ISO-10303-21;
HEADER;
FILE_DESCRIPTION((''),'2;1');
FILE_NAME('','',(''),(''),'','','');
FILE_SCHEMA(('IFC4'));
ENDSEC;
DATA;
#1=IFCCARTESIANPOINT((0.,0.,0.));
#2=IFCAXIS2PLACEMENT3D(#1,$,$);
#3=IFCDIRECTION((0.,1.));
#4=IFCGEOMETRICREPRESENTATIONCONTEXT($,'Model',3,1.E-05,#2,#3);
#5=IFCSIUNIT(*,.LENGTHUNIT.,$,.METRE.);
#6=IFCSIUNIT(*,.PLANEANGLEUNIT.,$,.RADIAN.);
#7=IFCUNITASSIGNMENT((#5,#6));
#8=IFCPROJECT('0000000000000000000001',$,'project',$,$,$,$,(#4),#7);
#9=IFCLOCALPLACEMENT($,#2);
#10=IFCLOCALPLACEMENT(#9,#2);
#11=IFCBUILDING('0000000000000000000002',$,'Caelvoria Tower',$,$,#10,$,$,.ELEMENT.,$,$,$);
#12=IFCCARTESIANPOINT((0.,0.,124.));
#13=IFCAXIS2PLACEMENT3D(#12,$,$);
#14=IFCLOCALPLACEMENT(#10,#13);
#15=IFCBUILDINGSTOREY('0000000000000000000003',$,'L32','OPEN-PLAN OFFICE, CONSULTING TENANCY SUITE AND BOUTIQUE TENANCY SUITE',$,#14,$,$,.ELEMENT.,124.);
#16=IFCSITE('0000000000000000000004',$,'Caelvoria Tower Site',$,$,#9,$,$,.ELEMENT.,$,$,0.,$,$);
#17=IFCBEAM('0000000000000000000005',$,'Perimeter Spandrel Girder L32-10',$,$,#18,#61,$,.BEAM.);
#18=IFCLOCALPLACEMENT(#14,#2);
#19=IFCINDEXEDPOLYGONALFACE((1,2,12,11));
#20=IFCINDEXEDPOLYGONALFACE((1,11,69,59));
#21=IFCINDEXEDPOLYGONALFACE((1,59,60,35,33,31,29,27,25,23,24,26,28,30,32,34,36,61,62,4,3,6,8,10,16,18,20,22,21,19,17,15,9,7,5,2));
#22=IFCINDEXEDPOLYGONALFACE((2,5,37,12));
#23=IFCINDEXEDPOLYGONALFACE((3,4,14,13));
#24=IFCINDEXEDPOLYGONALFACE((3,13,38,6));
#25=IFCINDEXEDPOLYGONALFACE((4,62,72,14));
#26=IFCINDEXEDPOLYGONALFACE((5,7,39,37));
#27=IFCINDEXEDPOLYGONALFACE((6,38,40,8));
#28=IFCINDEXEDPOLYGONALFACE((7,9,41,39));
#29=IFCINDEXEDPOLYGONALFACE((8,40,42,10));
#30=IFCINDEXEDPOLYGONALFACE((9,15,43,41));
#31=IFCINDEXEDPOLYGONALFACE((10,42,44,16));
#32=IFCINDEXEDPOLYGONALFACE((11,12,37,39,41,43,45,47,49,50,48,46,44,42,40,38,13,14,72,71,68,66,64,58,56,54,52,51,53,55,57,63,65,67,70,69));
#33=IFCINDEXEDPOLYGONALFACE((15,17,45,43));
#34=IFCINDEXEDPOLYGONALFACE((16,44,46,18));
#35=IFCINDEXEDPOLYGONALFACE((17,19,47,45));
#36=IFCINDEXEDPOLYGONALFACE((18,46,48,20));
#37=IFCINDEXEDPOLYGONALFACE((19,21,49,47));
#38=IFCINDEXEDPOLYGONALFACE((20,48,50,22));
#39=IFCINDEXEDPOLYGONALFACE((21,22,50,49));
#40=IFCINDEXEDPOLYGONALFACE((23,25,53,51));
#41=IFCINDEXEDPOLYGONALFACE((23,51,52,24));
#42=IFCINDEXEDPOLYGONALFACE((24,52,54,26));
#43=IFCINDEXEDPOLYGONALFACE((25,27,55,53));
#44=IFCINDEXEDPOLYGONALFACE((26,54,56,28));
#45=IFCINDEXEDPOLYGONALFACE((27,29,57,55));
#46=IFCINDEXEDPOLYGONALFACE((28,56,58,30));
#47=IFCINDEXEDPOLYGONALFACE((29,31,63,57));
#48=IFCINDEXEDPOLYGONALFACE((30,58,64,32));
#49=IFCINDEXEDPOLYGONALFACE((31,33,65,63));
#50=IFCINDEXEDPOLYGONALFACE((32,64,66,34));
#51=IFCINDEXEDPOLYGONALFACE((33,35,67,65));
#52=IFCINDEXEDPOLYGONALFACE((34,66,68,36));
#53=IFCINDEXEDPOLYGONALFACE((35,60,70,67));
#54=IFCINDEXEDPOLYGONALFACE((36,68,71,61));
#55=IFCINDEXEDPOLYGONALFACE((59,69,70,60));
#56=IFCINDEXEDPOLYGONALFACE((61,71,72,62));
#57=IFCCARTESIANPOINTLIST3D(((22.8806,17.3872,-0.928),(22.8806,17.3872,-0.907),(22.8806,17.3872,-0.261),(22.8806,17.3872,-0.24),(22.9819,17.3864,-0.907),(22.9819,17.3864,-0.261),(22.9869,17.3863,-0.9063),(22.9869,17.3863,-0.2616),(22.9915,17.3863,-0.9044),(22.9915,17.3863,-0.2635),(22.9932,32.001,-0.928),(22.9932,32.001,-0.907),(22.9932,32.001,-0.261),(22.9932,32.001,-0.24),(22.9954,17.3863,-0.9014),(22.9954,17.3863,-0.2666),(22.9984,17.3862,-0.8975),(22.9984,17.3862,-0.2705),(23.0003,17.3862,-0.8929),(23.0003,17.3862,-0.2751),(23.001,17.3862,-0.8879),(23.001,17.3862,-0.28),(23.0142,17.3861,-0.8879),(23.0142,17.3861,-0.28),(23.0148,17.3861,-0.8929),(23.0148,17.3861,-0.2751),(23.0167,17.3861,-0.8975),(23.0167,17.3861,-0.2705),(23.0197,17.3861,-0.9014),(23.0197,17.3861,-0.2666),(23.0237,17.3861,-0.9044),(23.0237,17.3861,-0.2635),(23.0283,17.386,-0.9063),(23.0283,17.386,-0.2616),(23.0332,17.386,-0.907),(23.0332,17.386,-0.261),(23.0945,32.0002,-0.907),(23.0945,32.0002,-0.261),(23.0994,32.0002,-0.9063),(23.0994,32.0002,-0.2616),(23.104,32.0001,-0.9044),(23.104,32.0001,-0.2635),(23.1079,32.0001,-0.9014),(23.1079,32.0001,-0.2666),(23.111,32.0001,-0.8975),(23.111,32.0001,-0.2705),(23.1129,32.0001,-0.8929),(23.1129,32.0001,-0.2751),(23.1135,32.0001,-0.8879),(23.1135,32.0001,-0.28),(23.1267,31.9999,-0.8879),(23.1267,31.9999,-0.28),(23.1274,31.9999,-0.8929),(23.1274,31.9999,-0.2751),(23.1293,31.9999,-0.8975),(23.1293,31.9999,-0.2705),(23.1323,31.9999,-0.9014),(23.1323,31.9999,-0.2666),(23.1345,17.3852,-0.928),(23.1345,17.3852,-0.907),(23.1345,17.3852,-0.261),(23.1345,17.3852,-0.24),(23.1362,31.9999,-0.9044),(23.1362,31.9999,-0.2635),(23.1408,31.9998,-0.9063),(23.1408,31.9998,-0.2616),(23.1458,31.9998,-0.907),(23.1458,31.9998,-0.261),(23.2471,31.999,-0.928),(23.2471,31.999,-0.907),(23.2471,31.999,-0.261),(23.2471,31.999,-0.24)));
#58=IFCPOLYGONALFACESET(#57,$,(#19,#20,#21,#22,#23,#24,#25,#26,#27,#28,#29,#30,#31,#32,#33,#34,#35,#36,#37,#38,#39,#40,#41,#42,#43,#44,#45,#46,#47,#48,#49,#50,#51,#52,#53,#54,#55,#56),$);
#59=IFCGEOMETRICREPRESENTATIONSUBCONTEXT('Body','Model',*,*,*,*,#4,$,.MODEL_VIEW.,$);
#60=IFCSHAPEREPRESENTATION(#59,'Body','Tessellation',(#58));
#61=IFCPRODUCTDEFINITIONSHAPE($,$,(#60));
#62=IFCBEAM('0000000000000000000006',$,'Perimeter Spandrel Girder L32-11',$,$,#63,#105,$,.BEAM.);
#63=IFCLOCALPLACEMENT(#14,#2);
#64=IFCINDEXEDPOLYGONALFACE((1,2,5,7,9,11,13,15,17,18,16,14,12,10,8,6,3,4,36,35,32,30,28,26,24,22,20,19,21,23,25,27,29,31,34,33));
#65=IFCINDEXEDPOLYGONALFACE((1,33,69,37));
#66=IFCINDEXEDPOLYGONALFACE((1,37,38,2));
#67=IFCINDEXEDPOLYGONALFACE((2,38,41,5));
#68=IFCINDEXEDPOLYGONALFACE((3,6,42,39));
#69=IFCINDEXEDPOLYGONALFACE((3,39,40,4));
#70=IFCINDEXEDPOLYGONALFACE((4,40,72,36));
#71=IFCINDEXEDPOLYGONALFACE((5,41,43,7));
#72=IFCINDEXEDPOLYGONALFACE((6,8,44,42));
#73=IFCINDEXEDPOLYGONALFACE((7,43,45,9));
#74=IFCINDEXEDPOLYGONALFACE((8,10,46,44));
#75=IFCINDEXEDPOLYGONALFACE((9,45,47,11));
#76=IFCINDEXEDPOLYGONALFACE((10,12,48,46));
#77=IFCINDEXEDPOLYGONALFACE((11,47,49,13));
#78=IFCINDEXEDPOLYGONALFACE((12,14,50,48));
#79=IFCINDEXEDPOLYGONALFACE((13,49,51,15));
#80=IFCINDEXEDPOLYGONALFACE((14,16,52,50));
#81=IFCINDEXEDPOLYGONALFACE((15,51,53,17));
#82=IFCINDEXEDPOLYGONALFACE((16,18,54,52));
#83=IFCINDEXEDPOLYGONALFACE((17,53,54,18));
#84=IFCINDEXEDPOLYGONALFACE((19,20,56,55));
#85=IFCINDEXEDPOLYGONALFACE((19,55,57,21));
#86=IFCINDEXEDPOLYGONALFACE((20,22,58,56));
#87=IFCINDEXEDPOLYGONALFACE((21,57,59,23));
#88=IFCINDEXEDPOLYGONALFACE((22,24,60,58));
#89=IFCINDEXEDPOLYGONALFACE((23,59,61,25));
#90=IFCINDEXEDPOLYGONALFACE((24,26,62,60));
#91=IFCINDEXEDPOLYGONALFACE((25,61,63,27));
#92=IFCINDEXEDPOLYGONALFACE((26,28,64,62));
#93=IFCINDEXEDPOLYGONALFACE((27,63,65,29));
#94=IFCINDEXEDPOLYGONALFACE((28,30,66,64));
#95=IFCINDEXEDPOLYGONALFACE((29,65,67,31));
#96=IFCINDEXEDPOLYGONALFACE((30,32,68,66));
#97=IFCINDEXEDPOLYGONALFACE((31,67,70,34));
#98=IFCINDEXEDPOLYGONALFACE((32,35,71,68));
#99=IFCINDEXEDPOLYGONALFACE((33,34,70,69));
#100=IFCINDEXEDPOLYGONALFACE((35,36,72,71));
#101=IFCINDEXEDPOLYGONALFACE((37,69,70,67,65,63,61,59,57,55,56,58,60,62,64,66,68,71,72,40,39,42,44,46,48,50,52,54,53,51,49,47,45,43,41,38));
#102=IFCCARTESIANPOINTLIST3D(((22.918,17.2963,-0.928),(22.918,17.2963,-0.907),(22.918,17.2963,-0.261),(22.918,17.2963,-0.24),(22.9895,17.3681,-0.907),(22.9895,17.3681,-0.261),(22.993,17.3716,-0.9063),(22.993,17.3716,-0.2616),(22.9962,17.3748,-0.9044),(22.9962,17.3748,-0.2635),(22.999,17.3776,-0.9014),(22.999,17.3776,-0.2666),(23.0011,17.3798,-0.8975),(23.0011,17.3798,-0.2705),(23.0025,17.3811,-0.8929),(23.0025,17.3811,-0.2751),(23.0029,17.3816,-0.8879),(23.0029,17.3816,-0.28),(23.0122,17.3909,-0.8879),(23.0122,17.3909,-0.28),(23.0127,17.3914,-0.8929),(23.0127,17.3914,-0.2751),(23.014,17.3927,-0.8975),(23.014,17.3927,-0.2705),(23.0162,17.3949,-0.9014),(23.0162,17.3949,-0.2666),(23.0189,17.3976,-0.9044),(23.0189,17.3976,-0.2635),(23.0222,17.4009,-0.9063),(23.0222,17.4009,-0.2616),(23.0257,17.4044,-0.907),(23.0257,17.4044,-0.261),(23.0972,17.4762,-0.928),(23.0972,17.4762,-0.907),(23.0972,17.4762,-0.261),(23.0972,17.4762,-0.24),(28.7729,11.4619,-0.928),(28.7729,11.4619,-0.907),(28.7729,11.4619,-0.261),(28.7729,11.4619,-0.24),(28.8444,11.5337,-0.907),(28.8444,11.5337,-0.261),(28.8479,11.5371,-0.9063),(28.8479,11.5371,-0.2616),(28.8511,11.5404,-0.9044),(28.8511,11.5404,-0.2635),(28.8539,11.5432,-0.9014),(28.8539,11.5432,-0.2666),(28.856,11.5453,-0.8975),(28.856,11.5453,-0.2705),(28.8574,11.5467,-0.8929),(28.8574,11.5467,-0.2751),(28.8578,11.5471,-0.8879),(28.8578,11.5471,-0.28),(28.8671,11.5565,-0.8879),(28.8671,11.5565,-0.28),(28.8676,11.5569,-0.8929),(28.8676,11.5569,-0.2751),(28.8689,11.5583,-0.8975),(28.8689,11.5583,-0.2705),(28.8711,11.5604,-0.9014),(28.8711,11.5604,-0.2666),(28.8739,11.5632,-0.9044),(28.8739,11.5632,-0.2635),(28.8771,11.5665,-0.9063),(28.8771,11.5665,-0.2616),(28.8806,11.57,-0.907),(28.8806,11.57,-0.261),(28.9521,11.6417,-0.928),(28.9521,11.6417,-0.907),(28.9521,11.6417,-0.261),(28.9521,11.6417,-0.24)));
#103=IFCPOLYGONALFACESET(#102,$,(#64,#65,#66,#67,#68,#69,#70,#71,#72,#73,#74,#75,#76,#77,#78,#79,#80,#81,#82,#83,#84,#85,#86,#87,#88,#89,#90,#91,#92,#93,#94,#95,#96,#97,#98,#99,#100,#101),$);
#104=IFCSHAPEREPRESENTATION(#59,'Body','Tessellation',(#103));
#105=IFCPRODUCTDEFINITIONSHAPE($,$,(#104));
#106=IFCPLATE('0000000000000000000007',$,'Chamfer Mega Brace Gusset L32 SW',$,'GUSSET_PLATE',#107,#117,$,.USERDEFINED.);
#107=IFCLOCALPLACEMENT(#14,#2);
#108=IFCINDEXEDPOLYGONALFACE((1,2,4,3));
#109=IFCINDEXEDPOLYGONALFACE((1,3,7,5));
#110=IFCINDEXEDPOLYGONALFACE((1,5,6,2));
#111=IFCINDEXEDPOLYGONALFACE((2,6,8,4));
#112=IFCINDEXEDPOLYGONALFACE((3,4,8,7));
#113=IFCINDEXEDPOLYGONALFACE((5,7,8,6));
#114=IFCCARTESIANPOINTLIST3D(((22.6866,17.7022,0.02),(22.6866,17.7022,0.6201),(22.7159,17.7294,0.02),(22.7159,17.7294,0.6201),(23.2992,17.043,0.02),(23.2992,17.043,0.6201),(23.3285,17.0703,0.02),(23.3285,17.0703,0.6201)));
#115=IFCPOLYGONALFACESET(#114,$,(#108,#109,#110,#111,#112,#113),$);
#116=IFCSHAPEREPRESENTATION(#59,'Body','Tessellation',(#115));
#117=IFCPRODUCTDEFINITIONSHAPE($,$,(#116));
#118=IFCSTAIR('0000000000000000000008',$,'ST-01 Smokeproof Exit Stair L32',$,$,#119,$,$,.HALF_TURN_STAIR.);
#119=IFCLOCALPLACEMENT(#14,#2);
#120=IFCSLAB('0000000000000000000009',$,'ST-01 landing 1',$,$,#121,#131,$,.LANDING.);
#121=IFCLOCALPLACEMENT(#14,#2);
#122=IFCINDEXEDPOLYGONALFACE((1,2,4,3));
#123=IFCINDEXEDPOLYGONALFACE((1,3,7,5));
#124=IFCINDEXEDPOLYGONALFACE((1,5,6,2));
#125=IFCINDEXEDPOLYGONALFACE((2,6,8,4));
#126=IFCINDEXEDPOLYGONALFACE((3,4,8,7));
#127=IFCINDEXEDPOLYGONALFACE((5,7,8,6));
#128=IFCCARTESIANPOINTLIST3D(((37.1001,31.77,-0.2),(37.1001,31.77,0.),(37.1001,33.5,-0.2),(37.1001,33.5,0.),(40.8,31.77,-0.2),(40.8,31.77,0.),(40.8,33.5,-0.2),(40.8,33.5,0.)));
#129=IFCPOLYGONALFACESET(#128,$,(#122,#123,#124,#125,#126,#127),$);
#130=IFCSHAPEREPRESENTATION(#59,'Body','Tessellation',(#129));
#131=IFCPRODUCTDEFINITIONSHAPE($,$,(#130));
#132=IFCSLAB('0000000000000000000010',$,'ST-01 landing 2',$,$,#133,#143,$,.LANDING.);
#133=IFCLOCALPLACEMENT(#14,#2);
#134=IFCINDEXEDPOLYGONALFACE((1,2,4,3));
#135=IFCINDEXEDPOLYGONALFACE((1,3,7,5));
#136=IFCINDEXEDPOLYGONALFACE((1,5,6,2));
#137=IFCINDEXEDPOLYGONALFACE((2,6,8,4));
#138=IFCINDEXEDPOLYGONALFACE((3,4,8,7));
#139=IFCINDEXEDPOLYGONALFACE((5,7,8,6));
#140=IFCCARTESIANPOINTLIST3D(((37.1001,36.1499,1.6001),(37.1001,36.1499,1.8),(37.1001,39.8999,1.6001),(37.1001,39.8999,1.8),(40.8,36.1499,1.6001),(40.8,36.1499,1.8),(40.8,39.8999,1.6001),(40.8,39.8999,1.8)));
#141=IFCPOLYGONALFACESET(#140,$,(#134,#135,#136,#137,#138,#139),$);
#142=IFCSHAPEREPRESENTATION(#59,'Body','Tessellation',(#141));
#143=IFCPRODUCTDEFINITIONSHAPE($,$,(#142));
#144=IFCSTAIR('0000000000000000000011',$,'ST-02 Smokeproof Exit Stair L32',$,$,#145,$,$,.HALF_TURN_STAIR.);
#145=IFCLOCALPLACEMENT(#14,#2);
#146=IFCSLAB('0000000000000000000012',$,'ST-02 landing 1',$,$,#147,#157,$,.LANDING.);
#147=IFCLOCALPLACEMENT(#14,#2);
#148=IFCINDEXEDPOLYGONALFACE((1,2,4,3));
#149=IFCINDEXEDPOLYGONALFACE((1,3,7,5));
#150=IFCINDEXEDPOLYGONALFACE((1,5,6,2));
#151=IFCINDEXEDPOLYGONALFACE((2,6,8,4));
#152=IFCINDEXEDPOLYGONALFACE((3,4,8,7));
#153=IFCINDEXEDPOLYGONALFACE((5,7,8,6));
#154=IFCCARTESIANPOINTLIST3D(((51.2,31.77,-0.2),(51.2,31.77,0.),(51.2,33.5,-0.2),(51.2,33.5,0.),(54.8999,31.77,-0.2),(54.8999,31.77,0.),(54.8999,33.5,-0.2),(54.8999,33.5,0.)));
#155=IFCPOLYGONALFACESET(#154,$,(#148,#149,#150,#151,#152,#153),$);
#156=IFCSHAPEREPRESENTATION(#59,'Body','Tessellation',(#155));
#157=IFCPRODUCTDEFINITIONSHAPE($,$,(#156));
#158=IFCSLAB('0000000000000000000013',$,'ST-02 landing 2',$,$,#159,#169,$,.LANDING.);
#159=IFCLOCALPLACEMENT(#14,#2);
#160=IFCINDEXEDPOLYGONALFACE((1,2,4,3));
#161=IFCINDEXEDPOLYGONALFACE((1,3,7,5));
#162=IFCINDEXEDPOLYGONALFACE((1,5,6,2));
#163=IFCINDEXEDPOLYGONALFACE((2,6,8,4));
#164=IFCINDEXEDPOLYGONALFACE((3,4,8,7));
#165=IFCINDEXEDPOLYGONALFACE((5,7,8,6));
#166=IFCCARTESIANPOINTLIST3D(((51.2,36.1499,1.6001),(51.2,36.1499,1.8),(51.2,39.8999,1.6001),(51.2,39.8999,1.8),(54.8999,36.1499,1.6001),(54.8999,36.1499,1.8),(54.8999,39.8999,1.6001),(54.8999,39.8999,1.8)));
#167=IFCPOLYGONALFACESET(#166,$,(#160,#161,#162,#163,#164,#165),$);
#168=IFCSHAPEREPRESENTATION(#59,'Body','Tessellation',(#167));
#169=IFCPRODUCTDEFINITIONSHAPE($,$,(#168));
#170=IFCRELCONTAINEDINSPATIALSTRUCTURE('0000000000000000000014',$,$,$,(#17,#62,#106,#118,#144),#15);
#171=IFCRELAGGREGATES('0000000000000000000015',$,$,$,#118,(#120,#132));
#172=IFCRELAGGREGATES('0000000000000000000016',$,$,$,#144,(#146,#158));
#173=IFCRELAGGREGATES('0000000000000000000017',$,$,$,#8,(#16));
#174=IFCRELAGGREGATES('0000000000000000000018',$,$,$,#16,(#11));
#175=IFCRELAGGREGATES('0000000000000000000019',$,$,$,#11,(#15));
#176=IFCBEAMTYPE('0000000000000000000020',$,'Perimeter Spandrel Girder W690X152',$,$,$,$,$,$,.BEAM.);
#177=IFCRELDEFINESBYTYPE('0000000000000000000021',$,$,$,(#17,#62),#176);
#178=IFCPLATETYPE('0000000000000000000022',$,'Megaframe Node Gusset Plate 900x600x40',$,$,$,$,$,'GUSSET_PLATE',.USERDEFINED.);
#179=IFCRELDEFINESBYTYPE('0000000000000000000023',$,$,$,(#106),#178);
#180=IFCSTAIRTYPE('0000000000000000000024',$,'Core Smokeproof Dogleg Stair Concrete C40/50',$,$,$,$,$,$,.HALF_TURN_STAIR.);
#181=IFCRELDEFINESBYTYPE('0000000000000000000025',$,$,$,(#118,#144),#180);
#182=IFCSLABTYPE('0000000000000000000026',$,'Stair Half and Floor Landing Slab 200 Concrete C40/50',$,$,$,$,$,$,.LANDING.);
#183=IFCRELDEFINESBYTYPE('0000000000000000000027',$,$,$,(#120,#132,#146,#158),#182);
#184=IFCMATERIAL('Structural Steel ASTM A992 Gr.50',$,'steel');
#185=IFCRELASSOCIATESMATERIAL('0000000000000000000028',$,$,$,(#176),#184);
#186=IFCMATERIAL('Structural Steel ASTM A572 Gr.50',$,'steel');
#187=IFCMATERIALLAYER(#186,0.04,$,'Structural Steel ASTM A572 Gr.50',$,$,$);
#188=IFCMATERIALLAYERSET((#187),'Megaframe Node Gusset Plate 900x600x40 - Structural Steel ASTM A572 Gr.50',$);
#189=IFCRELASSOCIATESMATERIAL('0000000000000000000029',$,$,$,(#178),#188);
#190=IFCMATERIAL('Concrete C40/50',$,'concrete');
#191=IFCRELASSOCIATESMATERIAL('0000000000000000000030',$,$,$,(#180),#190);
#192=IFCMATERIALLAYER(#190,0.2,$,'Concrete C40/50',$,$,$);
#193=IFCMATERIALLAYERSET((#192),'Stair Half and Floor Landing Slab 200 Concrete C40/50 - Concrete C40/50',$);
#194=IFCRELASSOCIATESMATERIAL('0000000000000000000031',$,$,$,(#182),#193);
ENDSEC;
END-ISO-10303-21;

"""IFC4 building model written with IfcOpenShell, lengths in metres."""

from ifc_helpers import new_model, si_unit, direction, frame, origin, origin_2d, place, context, subcontext, project, spatial, polyline, rectangle, i_section, outline, extrude, material, layer, layer_set, material_profile, profile_set, type_object, element, aggregate, save


model = new_model("IFC4")

# Units and contexts
model_context = context("Model", 3, precision=1e-05, world=origin(), true_north=direction((0.0, 1.0)))
body_context = subcontext(model_context, "Body", "Model", "MODEL_VIEW")
ifc_project = project(units=[si_unit("LENGTHUNIT", "METRE"), si_unit("PLANEANGLEUNIT", "RADIAN")], contexts=[model_context])

# Site, building, storey
site_placement = place(None, origin())
site = spatial("IfcSite", under=ifc_project, at=site_placement, Name="Caelvoria Tower Site", CompositionType="ELEMENT", RefElevation=0.0)
building_placement = place(site_placement, origin())
building = spatial("IfcBuilding", under=site, at=building_placement, Name="Caelvoria Tower", CompositionType="ELEMENT")
storey_placement = place(building_placement, frame((0.0, 0.0, 124.0)))
storey = spatial("IfcBuildingStorey", under=building, at=storey_placement, Name="L32", Description="OPEN-PLAN OFFICE, CONSULTING TENANCY SUITE AND BOUTIQUE TENANCY SUITE", CompositionType="ELEMENT", Elevation=124.0)

# Shared definitions
ifc_material_1 = material(Name="Structural Steel ASTM A572 Gr.50", Category="steel")

# Beams
ifc_material_2 = material(Name="Structural Steel ASTM A992 Gr.50", Category="steel")
ifc_material_profile_1 = material_profile(ifc_material_2, i_section(OverallWidth=0.2539, OverallDepth=0.688, WebThickness=0.0132, FlangeThickness=0.021, FilletRadius=0.019, at=origin_2d()), Name="Structural Steel ASTM A992 Gr.50")
ifc_profile_set_1 = profile_set([ifc_material_profile_1], Name="W690X152 - Structural Steel ASTM A992 Gr.50")
beam_type = type_object("IfcBeamType", Name="Perimeter Spandrel Girder W690X152", PredefinedType="BEAM", material=ifc_profile_set_1)
beam_1_placement = place(storey_placement, frame((23.1201, 32.0, -0.584), z_axis=(-0.007701, -0.99997, 0.0), x_axis=(0.99997, -0.007701, 0.0)))
element("IfcBeam", 1, at=beam_1_placement, inside=storey, type_object=beam_type, Name="Perimeter Spandrel Girder L32-10", PredefinedType="BEAM", context=body_context, shape_type="SweptSolid", body=[
    extrude(i_section(OverallWidth=0.2539, OverallDepth=0.688, WebThickness=0.0132, FlangeThickness=0.021, FilletRadius=0.019, at=origin_2d()), origin(), (0.0, 0.0, 1.0), 14.6143),
])
beam_2_placement = place(storey_placement, frame((23.0076, 17.3862, -0.584), z_axis=(0.708346, -0.705865, 0.0), x_axis=(0.705865, 0.708346, 0.0)))
element("IfcBeam", 2, at=beam_2_placement, inside=storey, type_object=beam_type, Name="Perimeter Spandrel Girder L32-11", PredefinedType="BEAM", context=body_context, shape_type="SweptSolid", body=[
    extrude(i_section(OverallWidth=0.2539, OverallDepth=0.688, WebThickness=0.0132, FlangeThickness=0.021, FilletRadius=0.019, at=origin_2d()), origin(), (0.0, 0.0, 1.0), 8.2656),
])

# Plate
ifc_layer_1 = layer(ifc_material_1, 0.04, Name="Structural Steel ASTM A572 Gr.50")
ifc_layer_set_1 = layer_set([ifc_layer_1], Name="Megaframe Node Gusset Plate 900x600x40 - Structural Steel ASTM A572 Gr.50")
plate_type = type_object("IfcPlateType", Name="Megaframe Node Gusset Plate 900x600x40", ElementType="GUSSET_PLATE", PredefinedType="USERDEFINED", material=ifc_layer_set_1)
plate_placement = place(storey_placement, frame((23.0076, 17.3862, 0.02), z_axis=(0.0, 0.0, 1.0), x_axis=(0.680773, -0.732494, 0.0)))
element("IfcPlate", 3, at=plate_placement, inside=storey, type_object=plate_type, Name="Chamfer Mega Brace Gusset L32 SW", ObjectType="GUSSET_PLATE", PredefinedType="USERDEFINED", context=body_context, shape_type="SweptSolid", body=[
    extrude(rectangle(XDim=0.8999, YDim=0.04, at=origin_2d()), origin(), (0.0, 0.0, 1.0), 0.6001),
])

# Stairs, slabs
ifc_material_3 = material(Name="Concrete C40/50", Category="concrete")
stair_type = type_object("IfcStairType", Name="Core Smokeproof Dogleg Stair Concrete C40/50", PredefinedType="HALF_TURN_STAIR", material=ifc_material_3)
stair_1_placement = place(storey_placement, origin())
stair_1 = element("IfcStair", 4, at=stair_1_placement, inside=storey, type_object=stair_type, Name="ST-01 Smokeproof Exit Stair L32", PredefinedType="HALF_TURN_STAIR")
ifc_layer_2 = layer(ifc_material_3, 0.2, Name="Concrete C40/50")
ifc_layer_set_2 = layer_set([ifc_layer_2], Name="Stair Half and Floor Landing Slab 200 Concrete C40/50 - Concrete C40/50")
slab_type_1 = type_object("IfcSlabType", Name="Stair Half and Floor Landing Slab 200 Concrete C40/50", PredefinedType="LANDING", material=ifc_layer_set_2)
slab_1_placement = place(storey_placement, frame((0.0, 0.0, -0.2)))
slab_1 = element("IfcSlab", 5, at=slab_1_placement, type_object=slab_type_1, Name="ST-01 landing 1", PredefinedType="LANDING", context=body_context, shape_type="SweptSolid", body=[
    extrude(outline(polyline([(37.1001, 31.77), (40.8, 31.77), (40.8, 33.5), (37.1001, 33.5), (37.1001, 31.77)])), origin(), (0.0, 0.0, 1.0), 0.2),
])
slab_2_placement = place(storey_placement, frame((0.0, 0.0, 1.6001)))
slab_2 = element("IfcSlab", 6, at=slab_2_placement, type_object=slab_type_1, Name="ST-01 landing 2", PredefinedType="LANDING", context=body_context, shape_type="SweptSolid", body=[
    extrude(outline(polyline([(37.1001, 36.1499), (40.8, 36.1499), (40.8, 39.8999), (37.1001, 39.8999), (37.1001, 36.1499)])), origin(), (0.0, 0.0, 1.0), 0.2),
])
aggregate(stair_1, [slab_1, slab_2])
stair_2_placement = place(storey_placement, origin())
stair_2 = element("IfcStair", 7, at=stair_2_placement, inside=storey, type_object=stair_type, Name="ST-02 Smokeproof Exit Stair L32", PredefinedType="HALF_TURN_STAIR")
slab_3_placement = place(storey_placement, frame((0.0, 0.0, -0.2)))
slab_3 = element("IfcSlab", 8, at=slab_3_placement, type_object=slab_type_1, Name="ST-02 landing 1", PredefinedType="LANDING", context=body_context, shape_type="SweptSolid", body=[
    extrude(outline(polyline([(51.2, 31.77), (54.8999, 31.77), (54.8999, 33.5), (51.2, 33.5), (51.2, 31.77)])), origin(), (0.0, 0.0, 1.0), 0.2),
])
slab_4_placement = place(storey_placement, frame((0.0, 0.0, 1.6001)))
slab_4 = element("IfcSlab", 9, at=slab_4_placement, type_object=slab_type_1, Name="ST-02 landing 2", PredefinedType="LANDING", context=body_context, shape_type="SweptSolid", body=[
    extrude(outline(polyline([(51.2, 36.1499), (54.8999, 36.1499), (54.8999, 39.8999), (51.2, 39.8999), (51.2, 36.1499)])), origin(), (0.0, 0.0, 1.0), 0.2),
])
aggregate(stair_2, [slab_3, slab_4])

save(model, "model.ifc")
